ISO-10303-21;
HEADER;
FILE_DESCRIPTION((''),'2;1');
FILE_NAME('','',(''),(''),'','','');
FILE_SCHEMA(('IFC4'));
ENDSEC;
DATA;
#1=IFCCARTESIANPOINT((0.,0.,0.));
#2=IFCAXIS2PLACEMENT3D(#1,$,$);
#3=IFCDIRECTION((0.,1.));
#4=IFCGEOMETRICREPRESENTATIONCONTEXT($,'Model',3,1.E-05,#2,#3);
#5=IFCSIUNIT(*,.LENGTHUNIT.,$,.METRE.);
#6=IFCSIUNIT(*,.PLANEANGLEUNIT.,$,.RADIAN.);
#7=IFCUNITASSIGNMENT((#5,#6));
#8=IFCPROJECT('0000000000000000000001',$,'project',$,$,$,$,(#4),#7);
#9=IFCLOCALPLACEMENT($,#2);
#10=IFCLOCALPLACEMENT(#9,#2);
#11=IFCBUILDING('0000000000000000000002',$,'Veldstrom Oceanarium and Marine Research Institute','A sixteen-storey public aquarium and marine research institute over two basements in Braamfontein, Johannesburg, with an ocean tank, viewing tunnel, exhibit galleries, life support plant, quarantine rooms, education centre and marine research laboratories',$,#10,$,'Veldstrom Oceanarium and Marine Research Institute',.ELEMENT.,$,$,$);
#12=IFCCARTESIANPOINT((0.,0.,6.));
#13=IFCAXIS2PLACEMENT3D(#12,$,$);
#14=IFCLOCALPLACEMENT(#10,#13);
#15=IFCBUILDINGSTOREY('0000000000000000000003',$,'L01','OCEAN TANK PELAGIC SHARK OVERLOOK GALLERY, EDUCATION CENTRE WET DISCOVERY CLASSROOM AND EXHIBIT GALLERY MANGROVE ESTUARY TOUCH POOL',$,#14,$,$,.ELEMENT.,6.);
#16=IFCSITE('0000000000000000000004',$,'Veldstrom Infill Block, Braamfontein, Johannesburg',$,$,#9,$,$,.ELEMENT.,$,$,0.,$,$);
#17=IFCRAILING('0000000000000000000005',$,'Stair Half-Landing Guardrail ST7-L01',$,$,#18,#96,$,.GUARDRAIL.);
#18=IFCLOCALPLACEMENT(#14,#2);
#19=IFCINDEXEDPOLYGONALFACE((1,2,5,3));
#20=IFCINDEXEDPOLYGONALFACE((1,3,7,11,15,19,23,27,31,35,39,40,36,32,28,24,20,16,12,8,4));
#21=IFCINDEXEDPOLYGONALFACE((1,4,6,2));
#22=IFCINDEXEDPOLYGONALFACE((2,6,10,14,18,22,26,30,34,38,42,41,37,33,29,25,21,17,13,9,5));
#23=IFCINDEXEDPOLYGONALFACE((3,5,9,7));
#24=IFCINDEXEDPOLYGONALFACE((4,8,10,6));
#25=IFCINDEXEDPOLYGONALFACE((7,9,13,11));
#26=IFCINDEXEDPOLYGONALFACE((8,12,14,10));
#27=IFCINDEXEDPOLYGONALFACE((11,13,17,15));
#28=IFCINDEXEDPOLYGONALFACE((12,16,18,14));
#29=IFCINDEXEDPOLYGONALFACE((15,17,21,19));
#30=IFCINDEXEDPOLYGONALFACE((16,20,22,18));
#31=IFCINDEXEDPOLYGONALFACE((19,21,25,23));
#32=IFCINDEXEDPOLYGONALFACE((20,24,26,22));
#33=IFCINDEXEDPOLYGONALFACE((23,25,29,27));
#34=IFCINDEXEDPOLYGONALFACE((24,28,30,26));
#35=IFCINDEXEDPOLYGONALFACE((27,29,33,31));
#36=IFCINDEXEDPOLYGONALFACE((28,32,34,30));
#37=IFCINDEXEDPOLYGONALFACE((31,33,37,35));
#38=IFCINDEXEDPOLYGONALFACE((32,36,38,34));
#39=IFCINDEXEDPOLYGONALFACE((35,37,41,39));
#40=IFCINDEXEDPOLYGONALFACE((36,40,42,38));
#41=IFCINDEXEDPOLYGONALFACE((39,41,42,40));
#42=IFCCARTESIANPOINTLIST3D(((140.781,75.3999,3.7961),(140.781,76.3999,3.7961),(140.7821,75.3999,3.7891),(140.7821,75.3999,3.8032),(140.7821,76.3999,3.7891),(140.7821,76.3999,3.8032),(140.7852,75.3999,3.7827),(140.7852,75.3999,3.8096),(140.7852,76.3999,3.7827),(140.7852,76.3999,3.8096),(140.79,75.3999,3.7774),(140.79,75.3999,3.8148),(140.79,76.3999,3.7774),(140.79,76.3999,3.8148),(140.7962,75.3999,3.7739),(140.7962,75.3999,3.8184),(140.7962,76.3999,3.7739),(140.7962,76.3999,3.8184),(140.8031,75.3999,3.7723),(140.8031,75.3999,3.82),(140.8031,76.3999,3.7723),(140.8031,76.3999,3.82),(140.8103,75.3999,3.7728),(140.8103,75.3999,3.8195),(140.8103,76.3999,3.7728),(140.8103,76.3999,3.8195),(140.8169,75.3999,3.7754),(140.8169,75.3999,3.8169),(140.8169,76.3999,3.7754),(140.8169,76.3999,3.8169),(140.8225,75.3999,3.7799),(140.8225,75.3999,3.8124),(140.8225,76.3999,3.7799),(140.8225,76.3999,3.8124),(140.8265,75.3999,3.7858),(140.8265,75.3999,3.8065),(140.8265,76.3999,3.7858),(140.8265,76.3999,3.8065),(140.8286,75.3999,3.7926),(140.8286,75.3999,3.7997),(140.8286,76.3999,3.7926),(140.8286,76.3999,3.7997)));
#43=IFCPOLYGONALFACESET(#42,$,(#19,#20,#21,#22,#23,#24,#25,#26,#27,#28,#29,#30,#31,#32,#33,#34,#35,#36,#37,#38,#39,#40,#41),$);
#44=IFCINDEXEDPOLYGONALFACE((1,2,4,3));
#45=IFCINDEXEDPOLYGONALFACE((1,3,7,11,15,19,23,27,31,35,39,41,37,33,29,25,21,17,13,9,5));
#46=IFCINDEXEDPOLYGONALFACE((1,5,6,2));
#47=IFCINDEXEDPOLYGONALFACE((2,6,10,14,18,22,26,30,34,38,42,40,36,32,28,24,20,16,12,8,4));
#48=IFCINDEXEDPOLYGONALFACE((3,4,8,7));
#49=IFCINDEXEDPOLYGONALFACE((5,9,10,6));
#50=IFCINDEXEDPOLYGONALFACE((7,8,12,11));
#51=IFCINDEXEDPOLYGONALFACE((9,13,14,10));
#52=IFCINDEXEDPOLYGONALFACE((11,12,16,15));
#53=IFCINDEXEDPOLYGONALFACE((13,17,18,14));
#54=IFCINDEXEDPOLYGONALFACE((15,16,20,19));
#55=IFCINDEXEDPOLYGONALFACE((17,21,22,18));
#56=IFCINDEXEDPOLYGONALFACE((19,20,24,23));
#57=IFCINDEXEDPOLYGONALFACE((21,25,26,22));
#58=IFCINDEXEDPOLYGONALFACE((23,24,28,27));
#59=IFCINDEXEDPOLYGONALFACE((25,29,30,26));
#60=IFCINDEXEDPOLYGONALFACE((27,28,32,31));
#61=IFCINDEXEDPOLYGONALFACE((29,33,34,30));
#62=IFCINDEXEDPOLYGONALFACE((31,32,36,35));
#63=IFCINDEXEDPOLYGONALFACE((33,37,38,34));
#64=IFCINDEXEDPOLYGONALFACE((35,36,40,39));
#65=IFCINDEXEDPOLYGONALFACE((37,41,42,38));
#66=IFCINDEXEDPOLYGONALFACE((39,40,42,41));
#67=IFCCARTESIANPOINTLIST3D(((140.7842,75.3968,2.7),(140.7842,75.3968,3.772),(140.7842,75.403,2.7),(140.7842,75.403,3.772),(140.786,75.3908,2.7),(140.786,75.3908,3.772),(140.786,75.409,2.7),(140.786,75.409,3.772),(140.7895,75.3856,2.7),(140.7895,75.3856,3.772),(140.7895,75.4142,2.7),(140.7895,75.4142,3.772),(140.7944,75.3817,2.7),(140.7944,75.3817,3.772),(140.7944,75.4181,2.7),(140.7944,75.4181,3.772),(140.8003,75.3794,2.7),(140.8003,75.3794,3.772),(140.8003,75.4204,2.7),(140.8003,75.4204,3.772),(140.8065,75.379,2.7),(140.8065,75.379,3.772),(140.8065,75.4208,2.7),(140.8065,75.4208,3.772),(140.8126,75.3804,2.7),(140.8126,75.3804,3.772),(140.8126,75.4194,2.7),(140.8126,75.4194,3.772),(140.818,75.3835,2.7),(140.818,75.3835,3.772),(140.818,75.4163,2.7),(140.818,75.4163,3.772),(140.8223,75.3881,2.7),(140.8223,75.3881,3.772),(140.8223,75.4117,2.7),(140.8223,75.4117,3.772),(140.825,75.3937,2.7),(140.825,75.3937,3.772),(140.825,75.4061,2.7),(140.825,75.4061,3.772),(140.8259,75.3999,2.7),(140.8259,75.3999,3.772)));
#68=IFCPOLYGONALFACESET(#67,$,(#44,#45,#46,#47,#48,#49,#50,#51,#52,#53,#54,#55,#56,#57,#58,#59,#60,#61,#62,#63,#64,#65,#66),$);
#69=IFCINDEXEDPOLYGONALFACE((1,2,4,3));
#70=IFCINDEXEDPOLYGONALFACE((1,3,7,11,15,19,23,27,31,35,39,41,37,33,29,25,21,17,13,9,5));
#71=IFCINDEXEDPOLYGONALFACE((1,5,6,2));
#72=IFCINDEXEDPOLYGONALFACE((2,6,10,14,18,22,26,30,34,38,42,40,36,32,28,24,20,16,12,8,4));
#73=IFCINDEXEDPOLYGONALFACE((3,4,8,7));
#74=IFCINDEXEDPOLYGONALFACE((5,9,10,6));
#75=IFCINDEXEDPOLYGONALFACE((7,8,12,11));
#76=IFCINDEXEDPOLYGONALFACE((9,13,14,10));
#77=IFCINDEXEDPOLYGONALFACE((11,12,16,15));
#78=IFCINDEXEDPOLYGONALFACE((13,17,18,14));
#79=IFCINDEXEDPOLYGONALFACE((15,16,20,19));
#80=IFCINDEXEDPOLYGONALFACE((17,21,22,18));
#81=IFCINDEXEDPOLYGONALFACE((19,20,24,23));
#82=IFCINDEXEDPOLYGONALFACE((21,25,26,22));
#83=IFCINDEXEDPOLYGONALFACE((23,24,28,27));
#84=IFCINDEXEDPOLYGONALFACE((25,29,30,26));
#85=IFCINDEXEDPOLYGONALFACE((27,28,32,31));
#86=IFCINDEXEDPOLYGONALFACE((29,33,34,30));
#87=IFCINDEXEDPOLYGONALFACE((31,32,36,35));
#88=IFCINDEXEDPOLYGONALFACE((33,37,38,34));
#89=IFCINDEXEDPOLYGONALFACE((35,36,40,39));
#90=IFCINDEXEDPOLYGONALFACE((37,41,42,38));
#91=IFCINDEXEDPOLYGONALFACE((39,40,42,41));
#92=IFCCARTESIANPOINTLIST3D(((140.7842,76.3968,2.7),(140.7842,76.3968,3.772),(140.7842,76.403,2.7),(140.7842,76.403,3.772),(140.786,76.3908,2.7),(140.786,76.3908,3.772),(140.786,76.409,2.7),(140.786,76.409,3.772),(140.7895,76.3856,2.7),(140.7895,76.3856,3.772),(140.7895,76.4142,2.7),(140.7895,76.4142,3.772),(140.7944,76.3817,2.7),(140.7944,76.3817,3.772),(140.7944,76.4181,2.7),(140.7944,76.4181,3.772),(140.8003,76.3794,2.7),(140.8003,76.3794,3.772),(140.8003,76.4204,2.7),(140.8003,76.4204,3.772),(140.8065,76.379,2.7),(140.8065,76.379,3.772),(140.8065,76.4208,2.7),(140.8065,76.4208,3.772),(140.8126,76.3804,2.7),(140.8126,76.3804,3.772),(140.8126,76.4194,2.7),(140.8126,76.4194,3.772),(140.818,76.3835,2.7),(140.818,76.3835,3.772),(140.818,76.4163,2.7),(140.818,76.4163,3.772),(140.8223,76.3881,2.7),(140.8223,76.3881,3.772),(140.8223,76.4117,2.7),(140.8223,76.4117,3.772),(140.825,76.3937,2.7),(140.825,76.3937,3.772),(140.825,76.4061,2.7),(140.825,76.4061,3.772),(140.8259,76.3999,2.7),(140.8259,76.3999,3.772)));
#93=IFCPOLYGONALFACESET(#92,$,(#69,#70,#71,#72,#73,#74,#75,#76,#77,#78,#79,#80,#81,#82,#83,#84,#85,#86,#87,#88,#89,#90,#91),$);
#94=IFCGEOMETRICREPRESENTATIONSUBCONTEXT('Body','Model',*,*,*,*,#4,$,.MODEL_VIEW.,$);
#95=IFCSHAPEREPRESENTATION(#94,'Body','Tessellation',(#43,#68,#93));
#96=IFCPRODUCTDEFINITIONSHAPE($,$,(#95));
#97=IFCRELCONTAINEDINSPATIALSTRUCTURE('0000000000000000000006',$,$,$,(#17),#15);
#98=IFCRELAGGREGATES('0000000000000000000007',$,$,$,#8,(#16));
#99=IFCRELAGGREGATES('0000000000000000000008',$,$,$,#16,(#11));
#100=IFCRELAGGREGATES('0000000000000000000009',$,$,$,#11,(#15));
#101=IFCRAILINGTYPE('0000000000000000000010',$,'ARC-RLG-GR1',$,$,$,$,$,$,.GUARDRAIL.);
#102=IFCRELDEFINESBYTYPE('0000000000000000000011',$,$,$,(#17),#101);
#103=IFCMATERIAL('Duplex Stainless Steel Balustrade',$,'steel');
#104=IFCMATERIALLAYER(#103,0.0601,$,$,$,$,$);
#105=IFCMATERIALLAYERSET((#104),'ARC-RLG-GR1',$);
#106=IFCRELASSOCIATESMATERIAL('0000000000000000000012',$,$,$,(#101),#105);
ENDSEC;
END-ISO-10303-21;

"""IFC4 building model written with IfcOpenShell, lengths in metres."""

from ifc_helpers import new_model, si_unit, direction, frame, origin, origin_2d, place, context, subcontext, project, spatial, circle, extrude, material, layer, layer_set, type_object, element, save


model = new_model("IFC4")

# Units and contexts
model_context = context("Model", 3, precision=1e-05, world=origin(), true_north=direction((0.0, 1.0)))
body_context = subcontext(model_context, "Body", "Model", "MODEL_VIEW")
ifc_project = project(units=[si_unit("LENGTHUNIT", "METRE"), si_unit("PLANEANGLEUNIT", "RADIAN")], contexts=[model_context])

# Site, building, storey
site_placement = place(None, origin())
site = spatial("IfcSite", under=ifc_project, at=site_placement, Name="Veldstrom Infill Block, Braamfontein, Johannesburg", CompositionType="ELEMENT", RefElevation=0.0)
building_placement = place(site_placement, origin())
building = spatial("IfcBuilding", under=site, at=building_placement, Name="Veldstrom Oceanarium and Marine Research Institute", Description="A sixteen-storey public aquarium and marine research institute over two basements in Braamfontein, Johannesburg, with an ocean tank, viewing tunnel, exhibit galleries, life support plant, quarantine rooms, education centre and marine research laboratories", LongName="Veldstrom Oceanarium and Marine Research Institute", CompositionType="ELEMENT")
storey_placement = place(building_placement, frame((0.0, 0.0, 6.0)))
storey = spatial("IfcBuildingStorey", under=building, at=storey_placement, Name="L01", Description="OCEAN TANK PELAGIC SHARK OVERLOOK GALLERY, EDUCATION CENTRE WET DISCOVERY CLASSROOM AND EXHIBIT GALLERY MANGROVE ESTUARY TOUCH POOL", CompositionType="ELEMENT", Elevation=6.0)

# Railing
ifc_material_1 = material(Name="Duplex Stainless Steel Balustrade", Category="steel")
ifc_layer_1 = layer(ifc_material_1, 0.0601)
ifc_layer_set_1 = layer_set([ifc_layer_1], Name="ARC-RLG-GR1")
railing_type_1 = type_object("IfcRailingType", Name="ARC-RLG-GR1", PredefinedType="GUARDRAIL", material=ifc_layer_set_1)
railing_1_placement = place(storey_placement, frame((140.8049, 75.3999, 2.7)))
element("IfcRailing", 1, at=railing_1_placement, inside=storey, type_object=railing_type_1, Name="Stair Half-Landing Guardrail ST7-L01", PredefinedType="GUARDRAIL", context=body_context, shape_type="SweptSolid", body=[
    extrude(circle(Radius=0.0239, at=origin_2d()), frame((0.0, 0.0, 1.0962), z_axis=(0.0, 1.0, 0.0), x_axis=(-1.0, 0.0, 0.0)), (0.0, 0.0, 1.0), 1.0),
    extrude(circle(Radius=0.021, at=origin_2d()), origin(), (0.0, 0.0, 1.0), 1.072),
    extrude(circle(Radius=0.021, at=origin_2d()), frame((0.0, 1.0, 0.0)), (0.0, 0.0, 1.0), 1.072),
])

save(model, "model.ifc")
